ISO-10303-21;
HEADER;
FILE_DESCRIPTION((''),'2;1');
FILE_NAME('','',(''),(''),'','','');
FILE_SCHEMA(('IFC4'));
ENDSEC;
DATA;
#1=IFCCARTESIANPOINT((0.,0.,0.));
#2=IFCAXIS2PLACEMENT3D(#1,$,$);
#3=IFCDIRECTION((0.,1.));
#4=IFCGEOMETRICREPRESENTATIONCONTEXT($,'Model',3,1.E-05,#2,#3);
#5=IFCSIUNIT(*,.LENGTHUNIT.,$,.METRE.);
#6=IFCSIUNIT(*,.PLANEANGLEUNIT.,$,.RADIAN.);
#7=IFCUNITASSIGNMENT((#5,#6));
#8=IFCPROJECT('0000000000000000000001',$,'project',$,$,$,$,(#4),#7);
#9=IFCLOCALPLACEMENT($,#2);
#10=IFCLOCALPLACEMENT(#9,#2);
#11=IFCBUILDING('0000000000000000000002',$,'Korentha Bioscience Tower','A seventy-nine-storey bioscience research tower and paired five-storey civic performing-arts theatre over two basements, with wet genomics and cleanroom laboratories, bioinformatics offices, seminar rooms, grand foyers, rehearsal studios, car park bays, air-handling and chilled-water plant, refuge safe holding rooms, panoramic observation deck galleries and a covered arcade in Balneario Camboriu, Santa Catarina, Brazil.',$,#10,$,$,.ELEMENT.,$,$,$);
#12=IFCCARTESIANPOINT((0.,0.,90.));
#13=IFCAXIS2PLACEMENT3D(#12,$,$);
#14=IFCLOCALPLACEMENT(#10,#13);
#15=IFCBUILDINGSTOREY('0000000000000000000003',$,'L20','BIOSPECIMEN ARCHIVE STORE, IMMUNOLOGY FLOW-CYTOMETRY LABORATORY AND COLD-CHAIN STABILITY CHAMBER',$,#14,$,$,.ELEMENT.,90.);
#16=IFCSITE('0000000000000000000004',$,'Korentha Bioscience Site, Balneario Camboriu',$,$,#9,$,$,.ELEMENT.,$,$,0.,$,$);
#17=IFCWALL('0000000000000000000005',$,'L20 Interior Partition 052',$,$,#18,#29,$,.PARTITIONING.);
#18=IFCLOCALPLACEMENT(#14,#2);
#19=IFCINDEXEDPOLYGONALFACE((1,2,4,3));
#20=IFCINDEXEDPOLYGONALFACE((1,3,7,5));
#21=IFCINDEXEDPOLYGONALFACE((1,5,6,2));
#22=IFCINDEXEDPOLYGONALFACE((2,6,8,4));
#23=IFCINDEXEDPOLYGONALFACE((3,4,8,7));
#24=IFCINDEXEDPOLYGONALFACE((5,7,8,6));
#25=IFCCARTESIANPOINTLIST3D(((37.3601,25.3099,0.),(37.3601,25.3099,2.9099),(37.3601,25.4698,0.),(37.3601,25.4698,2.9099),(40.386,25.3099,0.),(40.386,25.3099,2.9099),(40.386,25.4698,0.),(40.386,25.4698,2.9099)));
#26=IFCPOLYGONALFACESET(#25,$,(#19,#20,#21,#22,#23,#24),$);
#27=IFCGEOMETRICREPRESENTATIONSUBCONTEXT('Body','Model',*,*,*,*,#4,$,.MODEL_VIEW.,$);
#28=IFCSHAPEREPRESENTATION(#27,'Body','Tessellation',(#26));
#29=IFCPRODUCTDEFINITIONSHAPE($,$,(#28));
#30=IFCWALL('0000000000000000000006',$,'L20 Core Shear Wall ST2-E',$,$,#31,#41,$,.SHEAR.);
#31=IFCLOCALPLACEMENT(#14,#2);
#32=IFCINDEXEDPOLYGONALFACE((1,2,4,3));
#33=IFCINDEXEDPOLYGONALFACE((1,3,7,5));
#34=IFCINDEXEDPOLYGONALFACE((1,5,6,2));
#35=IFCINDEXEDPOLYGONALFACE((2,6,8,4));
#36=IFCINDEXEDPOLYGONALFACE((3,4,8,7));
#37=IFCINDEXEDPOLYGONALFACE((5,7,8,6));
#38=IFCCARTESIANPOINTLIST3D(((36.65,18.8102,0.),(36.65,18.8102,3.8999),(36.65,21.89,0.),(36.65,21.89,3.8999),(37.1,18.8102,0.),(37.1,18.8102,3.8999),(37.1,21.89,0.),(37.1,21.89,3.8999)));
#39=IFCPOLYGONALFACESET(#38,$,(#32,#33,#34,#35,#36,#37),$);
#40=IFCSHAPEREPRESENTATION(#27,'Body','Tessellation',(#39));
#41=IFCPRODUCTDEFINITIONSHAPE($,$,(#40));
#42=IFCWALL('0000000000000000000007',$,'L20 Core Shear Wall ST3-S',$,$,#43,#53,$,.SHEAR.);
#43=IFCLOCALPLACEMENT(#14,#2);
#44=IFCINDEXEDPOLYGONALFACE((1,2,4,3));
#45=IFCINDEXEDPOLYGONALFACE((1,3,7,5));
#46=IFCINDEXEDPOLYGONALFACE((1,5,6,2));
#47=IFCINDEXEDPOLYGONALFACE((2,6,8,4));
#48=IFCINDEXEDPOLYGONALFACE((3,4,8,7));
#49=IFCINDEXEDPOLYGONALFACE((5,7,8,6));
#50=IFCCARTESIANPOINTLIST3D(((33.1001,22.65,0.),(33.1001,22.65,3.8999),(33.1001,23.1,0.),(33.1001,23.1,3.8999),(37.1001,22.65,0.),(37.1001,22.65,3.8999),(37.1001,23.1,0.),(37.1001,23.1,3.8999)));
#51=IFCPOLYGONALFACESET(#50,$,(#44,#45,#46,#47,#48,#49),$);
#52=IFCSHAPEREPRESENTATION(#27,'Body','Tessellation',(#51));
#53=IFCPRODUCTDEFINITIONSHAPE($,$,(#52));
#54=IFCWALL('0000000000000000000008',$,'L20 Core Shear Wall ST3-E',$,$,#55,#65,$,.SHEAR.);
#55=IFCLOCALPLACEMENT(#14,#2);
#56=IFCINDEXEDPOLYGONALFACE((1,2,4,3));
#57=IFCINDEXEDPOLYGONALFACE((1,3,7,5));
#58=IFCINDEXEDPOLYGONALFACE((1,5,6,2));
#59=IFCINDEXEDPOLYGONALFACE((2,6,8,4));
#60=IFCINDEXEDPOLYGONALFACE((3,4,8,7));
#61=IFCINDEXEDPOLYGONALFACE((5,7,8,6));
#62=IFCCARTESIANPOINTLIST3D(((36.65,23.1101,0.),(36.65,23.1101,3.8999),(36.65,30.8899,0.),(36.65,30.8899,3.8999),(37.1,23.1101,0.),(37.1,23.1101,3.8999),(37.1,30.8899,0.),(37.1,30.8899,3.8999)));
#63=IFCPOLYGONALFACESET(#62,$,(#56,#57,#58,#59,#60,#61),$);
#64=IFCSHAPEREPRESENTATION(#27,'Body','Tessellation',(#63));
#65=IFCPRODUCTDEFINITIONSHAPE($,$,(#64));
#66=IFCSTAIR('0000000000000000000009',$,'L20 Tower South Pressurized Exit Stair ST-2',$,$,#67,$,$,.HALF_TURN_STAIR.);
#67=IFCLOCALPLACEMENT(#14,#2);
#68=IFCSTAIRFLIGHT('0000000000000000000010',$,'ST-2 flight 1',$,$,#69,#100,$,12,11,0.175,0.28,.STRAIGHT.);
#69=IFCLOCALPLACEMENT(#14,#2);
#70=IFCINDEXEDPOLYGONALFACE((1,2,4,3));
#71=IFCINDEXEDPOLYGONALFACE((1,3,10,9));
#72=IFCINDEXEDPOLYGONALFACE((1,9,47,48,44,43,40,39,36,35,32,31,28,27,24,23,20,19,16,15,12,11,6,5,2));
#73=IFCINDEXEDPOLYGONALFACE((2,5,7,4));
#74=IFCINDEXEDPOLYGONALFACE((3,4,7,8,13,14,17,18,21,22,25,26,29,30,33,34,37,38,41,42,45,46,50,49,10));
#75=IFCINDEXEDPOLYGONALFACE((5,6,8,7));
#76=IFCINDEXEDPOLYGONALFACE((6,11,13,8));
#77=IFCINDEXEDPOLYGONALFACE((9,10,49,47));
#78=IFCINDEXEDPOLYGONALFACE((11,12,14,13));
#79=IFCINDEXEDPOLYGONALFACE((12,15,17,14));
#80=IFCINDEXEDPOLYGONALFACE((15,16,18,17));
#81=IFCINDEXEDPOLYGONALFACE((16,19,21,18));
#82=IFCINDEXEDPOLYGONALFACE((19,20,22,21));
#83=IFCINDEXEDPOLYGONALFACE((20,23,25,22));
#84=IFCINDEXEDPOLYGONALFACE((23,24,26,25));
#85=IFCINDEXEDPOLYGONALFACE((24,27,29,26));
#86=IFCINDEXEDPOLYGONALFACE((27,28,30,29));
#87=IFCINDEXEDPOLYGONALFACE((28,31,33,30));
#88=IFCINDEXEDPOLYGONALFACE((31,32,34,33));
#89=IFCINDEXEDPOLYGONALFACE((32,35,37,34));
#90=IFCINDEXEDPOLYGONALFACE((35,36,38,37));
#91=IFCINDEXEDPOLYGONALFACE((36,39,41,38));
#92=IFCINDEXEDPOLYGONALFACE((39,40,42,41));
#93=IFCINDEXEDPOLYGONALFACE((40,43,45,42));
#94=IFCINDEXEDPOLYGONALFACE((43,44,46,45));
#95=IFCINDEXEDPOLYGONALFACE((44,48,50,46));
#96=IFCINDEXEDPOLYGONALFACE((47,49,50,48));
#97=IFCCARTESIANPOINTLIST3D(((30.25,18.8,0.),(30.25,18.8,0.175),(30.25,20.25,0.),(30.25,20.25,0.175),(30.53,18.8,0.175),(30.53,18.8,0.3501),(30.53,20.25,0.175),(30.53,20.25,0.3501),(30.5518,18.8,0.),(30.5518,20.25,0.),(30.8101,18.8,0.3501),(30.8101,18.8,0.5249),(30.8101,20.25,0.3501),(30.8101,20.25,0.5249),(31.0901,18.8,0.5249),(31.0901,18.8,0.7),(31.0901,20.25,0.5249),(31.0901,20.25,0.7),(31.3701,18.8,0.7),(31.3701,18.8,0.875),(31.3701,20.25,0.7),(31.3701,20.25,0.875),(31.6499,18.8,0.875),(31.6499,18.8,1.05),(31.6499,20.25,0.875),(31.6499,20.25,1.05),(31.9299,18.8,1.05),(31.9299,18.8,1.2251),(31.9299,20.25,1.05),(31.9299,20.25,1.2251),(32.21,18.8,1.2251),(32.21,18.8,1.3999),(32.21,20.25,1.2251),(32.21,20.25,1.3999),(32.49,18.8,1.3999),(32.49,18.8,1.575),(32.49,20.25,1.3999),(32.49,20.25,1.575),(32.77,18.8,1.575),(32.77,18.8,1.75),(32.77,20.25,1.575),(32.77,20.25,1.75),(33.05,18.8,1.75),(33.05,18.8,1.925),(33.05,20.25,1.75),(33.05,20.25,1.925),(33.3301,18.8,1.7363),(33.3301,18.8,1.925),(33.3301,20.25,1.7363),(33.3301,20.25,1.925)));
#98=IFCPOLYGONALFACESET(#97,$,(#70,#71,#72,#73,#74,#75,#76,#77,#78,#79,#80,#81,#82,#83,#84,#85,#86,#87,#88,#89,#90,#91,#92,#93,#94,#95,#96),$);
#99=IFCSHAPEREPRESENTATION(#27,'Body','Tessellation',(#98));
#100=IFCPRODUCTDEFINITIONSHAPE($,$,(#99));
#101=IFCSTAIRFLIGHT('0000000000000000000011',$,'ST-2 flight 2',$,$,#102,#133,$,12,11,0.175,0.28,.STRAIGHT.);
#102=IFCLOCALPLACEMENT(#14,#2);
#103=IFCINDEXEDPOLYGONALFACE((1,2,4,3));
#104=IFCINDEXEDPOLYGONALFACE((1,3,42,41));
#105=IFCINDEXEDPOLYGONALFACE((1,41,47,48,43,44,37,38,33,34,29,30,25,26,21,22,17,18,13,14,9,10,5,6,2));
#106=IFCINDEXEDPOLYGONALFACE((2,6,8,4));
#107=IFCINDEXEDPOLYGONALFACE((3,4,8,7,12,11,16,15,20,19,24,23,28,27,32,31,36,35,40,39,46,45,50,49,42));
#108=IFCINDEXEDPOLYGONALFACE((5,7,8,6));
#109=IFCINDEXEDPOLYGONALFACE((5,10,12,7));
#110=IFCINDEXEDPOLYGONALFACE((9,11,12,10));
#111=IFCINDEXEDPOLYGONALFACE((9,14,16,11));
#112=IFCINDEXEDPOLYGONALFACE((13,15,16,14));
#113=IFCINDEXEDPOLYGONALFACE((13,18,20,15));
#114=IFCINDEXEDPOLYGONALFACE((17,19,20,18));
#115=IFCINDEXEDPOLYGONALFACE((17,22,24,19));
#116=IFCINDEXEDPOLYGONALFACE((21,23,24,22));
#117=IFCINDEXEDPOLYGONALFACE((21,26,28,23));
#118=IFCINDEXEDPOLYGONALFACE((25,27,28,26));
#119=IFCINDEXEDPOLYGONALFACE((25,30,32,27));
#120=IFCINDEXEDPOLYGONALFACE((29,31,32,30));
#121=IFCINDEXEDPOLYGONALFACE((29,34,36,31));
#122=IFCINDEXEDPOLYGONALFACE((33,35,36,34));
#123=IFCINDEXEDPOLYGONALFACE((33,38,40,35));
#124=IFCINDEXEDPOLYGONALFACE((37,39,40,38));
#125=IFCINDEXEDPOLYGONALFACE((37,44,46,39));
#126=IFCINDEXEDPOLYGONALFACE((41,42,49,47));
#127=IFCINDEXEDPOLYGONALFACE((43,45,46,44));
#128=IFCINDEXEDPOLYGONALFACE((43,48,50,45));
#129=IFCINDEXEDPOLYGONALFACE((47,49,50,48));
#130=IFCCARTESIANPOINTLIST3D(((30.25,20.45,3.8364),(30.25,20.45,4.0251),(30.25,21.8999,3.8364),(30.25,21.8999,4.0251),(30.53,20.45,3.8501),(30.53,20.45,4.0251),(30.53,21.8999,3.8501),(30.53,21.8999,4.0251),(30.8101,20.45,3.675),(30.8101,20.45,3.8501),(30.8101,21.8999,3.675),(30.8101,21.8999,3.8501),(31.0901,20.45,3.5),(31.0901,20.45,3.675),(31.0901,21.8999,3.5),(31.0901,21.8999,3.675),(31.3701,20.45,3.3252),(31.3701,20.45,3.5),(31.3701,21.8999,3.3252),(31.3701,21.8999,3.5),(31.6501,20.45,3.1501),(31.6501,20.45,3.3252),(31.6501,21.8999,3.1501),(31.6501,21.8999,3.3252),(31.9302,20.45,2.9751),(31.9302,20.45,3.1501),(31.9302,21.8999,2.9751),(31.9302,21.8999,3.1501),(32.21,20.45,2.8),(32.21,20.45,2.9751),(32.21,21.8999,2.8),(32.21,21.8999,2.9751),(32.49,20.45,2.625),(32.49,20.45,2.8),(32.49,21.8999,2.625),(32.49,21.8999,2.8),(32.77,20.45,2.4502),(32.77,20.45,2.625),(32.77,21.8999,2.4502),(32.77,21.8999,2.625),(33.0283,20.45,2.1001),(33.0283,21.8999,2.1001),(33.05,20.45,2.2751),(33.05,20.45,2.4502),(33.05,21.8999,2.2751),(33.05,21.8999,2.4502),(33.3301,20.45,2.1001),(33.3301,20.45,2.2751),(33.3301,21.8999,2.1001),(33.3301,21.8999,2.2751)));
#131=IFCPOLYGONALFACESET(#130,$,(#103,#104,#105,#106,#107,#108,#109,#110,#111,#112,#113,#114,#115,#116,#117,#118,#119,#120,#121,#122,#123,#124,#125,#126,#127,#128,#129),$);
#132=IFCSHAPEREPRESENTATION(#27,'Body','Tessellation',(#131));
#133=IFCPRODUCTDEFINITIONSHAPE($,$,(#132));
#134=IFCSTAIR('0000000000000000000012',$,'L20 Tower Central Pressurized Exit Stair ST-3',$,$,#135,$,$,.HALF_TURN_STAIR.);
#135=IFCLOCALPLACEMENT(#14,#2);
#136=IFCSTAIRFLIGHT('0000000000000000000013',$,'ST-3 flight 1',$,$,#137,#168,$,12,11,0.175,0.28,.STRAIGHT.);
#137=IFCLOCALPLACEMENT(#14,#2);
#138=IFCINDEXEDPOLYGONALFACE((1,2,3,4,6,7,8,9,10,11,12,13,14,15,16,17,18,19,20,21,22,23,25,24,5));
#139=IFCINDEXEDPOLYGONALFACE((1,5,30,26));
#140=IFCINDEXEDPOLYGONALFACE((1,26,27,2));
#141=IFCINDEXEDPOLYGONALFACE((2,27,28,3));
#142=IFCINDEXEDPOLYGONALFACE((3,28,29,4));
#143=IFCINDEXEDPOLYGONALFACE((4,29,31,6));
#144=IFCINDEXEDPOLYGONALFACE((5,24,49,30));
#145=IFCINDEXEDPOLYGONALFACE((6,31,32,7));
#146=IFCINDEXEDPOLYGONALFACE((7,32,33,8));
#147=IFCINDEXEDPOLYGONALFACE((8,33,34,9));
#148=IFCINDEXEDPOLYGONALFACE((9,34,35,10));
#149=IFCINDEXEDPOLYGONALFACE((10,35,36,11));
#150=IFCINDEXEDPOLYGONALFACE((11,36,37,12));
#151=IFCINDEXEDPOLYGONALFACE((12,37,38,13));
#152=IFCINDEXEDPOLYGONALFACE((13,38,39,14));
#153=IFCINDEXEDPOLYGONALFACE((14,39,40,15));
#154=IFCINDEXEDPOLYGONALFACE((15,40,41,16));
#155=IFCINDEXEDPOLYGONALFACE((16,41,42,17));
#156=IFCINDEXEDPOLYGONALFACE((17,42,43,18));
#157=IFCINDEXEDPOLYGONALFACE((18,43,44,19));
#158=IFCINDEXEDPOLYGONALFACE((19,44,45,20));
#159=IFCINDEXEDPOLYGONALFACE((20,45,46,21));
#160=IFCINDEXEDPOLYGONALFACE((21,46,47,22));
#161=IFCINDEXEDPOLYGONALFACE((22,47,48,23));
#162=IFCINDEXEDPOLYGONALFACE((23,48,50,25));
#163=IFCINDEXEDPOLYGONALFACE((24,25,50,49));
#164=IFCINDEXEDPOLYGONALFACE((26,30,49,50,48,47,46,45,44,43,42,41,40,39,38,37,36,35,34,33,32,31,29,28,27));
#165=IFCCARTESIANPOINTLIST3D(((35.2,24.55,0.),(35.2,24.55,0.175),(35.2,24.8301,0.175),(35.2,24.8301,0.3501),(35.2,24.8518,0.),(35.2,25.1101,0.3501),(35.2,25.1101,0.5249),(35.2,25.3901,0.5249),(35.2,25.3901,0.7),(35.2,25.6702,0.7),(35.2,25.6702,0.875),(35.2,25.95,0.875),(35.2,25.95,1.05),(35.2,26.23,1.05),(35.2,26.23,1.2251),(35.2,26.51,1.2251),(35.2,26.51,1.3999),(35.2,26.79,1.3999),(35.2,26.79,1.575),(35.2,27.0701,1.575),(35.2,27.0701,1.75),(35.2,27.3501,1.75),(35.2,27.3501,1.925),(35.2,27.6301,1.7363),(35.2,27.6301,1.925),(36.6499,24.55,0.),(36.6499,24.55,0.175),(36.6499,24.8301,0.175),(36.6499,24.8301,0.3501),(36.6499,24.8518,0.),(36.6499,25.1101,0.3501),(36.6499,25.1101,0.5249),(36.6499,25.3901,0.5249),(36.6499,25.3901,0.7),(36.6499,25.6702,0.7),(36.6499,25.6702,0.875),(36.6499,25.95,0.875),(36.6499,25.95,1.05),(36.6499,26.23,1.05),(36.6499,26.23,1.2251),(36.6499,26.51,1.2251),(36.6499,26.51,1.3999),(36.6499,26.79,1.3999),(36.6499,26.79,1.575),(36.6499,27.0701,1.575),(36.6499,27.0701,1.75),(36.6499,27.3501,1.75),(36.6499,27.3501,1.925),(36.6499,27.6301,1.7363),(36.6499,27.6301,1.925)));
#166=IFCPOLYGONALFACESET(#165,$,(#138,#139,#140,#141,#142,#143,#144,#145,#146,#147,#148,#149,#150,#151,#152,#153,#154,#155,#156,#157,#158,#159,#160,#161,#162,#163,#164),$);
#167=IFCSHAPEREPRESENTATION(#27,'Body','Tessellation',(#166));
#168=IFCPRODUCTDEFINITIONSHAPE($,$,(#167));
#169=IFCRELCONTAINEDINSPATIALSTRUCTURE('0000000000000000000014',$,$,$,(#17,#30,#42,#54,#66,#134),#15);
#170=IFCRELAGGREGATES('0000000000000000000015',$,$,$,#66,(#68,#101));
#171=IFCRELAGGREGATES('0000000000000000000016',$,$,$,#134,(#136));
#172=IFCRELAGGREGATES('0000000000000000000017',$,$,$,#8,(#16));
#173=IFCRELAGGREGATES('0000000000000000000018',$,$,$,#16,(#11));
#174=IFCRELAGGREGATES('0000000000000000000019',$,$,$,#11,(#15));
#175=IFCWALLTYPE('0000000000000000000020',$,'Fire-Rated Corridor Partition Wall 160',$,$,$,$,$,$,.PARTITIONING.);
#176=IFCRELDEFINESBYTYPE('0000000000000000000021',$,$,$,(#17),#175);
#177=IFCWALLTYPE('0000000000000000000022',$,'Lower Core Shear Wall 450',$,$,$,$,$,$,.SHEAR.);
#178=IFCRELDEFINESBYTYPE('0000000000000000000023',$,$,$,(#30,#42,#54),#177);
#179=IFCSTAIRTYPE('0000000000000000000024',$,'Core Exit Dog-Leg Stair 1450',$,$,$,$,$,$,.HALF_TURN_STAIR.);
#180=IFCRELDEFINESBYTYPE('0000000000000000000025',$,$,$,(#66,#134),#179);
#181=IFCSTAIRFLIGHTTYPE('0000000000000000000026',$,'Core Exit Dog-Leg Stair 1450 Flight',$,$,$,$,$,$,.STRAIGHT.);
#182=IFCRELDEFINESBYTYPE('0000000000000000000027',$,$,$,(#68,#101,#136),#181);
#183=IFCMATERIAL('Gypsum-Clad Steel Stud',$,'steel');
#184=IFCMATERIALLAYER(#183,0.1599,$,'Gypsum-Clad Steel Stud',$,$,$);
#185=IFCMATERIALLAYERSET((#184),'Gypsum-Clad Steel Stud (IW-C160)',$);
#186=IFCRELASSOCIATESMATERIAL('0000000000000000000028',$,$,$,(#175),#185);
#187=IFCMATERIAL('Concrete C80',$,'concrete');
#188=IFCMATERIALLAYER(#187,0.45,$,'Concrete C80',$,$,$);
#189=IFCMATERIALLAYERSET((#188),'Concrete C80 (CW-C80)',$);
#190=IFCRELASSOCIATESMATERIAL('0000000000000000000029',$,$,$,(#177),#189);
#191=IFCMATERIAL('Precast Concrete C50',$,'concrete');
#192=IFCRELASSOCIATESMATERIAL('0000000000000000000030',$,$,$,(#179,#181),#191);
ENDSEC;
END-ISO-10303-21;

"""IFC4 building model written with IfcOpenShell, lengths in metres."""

from ifc_helpers import new_model, si_unit, direction, frame, frame_2d, origin, place, context, subcontext, project, spatial, polyline, rectangle, outline, extrude, material, layer, layer_set, type_object, element, aggregate, save


model = new_model("IFC4")

# Units and contexts
model_context = context("Model", 3, precision=1e-05, world=origin(), true_north=direction((0.0, 1.0)))
body_context = subcontext(model_context, "Body", "Model", "MODEL_VIEW")
ifc_project = project(units=[si_unit("LENGTHUNIT", "METRE"), si_unit("PLANEANGLEUNIT", "RADIAN")], contexts=[model_context])

# Site, building, storey
site_placement = place(None, origin())
site = spatial("IfcSite", under=ifc_project, at=site_placement, Name="Korentha Bioscience Site, Balneario Camboriu", CompositionType="ELEMENT", RefElevation=0.0)
building_placement = place(site_placement, origin())
building = spatial("IfcBuilding", under=site, at=building_placement, Name="Korentha Bioscience Tower", Description="A seventy-nine-storey bioscience research tower and paired five-storey civic performing-arts theatre over two basements, with wet genomics and cleanroom laboratories, bioinformatics offices, seminar rooms, grand foyers, rehearsal studios, car park bays, air-handling and chilled-water plant, refuge safe holding rooms, panoramic observation deck galleries and a covered arcade in Balneario Camboriu, Santa Catarina, Brazil.", CompositionType="ELEMENT")
storey_placement = place(building_placement, frame((0.0, 0.0, 90.0)))
storey = spatial("IfcBuildingStorey", under=building, at=storey_placement, Name="L20", Description="BIOSPECIMEN ARCHIVE STORE, IMMUNOLOGY FLOW-CYTOMETRY LABORATORY AND COLD-CHAIN STABILITY CHAMBER", CompositionType="ELEMENT", Elevation=90.0)

# Walls
ifc_material_1 = material(Name="Gypsum-Clad Steel Stud", Category="steel")
ifc_layer_1 = layer(ifc_material_1, 0.1599, Name="Gypsum-Clad Steel Stud")
ifc_layer_set_1 = layer_set([ifc_layer_1], Name="Gypsum-Clad Steel Stud (IW-C160)")
wall_type_1 = type_object("IfcWallType", Name="Fire-Rated Corridor Partition Wall 160", PredefinedType="PARTITIONING", material=ifc_layer_set_1)
wall_1_placement = place(storey_placement, frame((37.3601, 25.3899, 0.0), z_axis=(0.0, 0.0, 1.0), x_axis=(1.0, 0.0, 0.0)))
element("IfcWall", 1, at=wall_1_placement, inside=storey, type_object=wall_type_1, Name="L20 Interior Partition 052", PredefinedType="PARTITIONING", context=body_context, shape_type="SweptSolid", body=[
    extrude(rectangle(XDim=3.0259, YDim=0.1599, at=frame_2d((1.5129, 0.0))), origin(), (0.0, 0.0, 1.0), 2.9099),
])
ifc_material_2 = material(Name="Concrete C80", Category="concrete")
ifc_layer_2 = layer(ifc_material_2, 0.45, Name="Concrete C80")
ifc_layer_set_2 = layer_set([ifc_layer_2], Name="Concrete C80 (CW-C80)")
wall_type_2 = type_object("IfcWallType", Name="Lower Core Shear Wall 450", PredefinedType="SHEAR", material=ifc_layer_set_2)
wall_2_placement = place(storey_placement, frame((36.875, 18.8101, 0.0), z_axis=(0.0, 0.0, 1.0), x_axis=(0.0, 1.0, 0.0)))
element("IfcWall", 2, at=wall_2_placement, inside=storey, type_object=wall_type_2, Name="L20 Core Shear Wall ST2-E", PredefinedType="SHEAR", context=body_context, shape_type="SweptSolid", body=[
    extrude(rectangle(XDim=3.0798, YDim=0.45, at=frame_2d((1.54, 0.0))), origin(), (0.0, 0.0, 1.0), 3.8999),
])
wall_3_placement = place(storey_placement, frame((33.1001, 22.875, 0.0), z_axis=(0.0, 0.0, 1.0), x_axis=(1.0, 0.0, 0.0)))
element("IfcWall", 3, at=wall_3_placement, inside=storey, type_object=wall_type_2, Name="L20 Core Shear Wall ST3-S", PredefinedType="SHEAR", context=body_context, shape_type="SweptSolid", body=[
    extrude(rectangle(XDim=4.0, YDim=0.45, at=frame_2d((2.0, 0.0))), origin(), (0.0, 0.0, 1.0), 3.8999),
])
wall_4_placement = place(storey_placement, frame((36.875, 23.1101, 0.0), z_axis=(0.0, 0.0, 1.0), x_axis=(0.0, 1.0, 0.0)))
element("IfcWall", 4, at=wall_4_placement, inside=storey, type_object=wall_type_2, Name="L20 Core Shear Wall ST3-E", PredefinedType="SHEAR", context=body_context, shape_type="SweptSolid", body=[
    extrude(rectangle(XDim=7.7798, YDim=0.45, at=frame_2d((3.8899, 0.0))), origin(), (0.0, 0.0, 1.0), 3.8999),
])

# Stair, stair flights
ifc_material_3 = material(Name="Precast Concrete C50", Category="concrete")
stair_type = type_object("IfcStairType", Name="Core Exit Dog-Leg Stair 1450", PredefinedType="HALF_TURN_STAIR", material=ifc_material_3)
stair_1_placement = place(storey_placement, origin())
stair_1 = element("IfcStair", 5, at=stair_1_placement, inside=storey, type_object=stair_type, Name="L20 Tower South Pressurized Exit Stair ST-2", PredefinedType="HALF_TURN_STAIR")
stair_flight_type = type_object("IfcStairFlightType", Name="Core Exit Dog-Leg Stair 1450 Flight", PredefinedType="STRAIGHT", material=ifc_material_3)
stair_flight_1_placement = place(storey_placement, frame((30.25, 19.5249, 0.0), z_axis=(0.0, 0.0, 1.0), x_axis=(1.0, 0.0, 0.0)))
stair_flight_1 = element("IfcStairFlight", 6, at=stair_flight_1_placement, type_object=stair_flight_type, Name="ST-2 flight 1", NumberOfRisers=12, NumberOfTreads=11, PredefinedType="STRAIGHT", RiserHeight=0.175, TreadLength=0.28, context=body_context, shape_type="SweptSolid", body=[
    extrude(outline(polyline([(0.0, 0.0), (0.0, 0.175), (0.28, 0.175), (0.28, 0.3501), (0.5601, 0.3501), (0.5601, 0.5249), (0.8401, 0.5249), (0.8401, 0.7), (1.1201, 0.7), (1.1201, 0.875), (1.3999, 0.875), (1.3999, 1.05), (1.6799, 1.05), (1.6799, 1.2251), (1.96, 1.2251), (1.96, 1.3999), (2.24, 1.3999), (2.24, 1.575), (2.52, 1.575), (2.52, 1.75), (2.8, 1.75), (2.8, 1.925), (3.0801, 1.925), (3.0801, 2.1001), (3.0801, 1.7363), (0.3018, 0.0), (0.0, 0.0)])), frame((0.0, 0.7251, 0.0), z_axis=(0.0, -1.0, 0.0), x_axis=(1.0, 0.0, 0.0)), (0.0, 0.0, 1.0), 1.45),
])
stair_flight_2_placement = place(storey_placement, frame((33.3301, 21.175, 2.1001), z_axis=(0.0, 0.0, 1.0), x_axis=(-1.0, 0.0, 0.0)))
stair_flight_2 = element("IfcStairFlight", 7, at=stair_flight_2_placement, type_object=stair_flight_type, Name="ST-2 flight 2", NumberOfRisers=12, NumberOfTreads=11, PredefinedType="STRAIGHT", RiserHeight=0.175, TreadLength=0.28, context=body_context, shape_type="SweptSolid", body=[
    extrude(outline(polyline([(0.0, 0.0), (0.0, 0.175), (0.28, 0.175), (0.28, 0.3501), (0.5601, 0.3501), (0.5601, 0.5249), (0.8401, 0.5249), (0.8401, 0.7), (1.1201, 0.7), (1.1201, 0.875), (1.3999, 0.875), (1.3999, 1.05), (1.6799, 1.05), (1.6799, 1.2251), (1.96, 1.2251), (1.96, 1.3999), (2.24, 1.3999), (2.24, 1.575), (2.52, 1.575), (2.52, 1.75), (2.8, 1.75), (2.8, 1.925), (3.0801, 1.925), (3.0801, 2.1001), (3.0801, 1.7363), (0.3018, 0.0), (0.0, 0.0)])), frame((0.0, 0.7251, 0.0), z_axis=(0.0, -1.0, 0.0), x_axis=(1.0, 0.0, 0.0)), (0.0, 0.0, 1.0), 1.45),
])
aggregate(stair_1, [stair_flight_1, stair_flight_2])

# Stair, stair flight
stair_2_placement = place(storey_placement, origin())
stair_2 = element("IfcStair", 8, at=stair_2_placement, inside=storey, type_object=stair_type, Name="L20 Tower Central Pressurized Exit Stair ST-3", PredefinedType="HALF_TURN_STAIR")
stair_flight_3_placement = place(storey_placement, frame((35.925, 24.55, 0.0), z_axis=(0.0, 0.0, 1.0), x_axis=(0.0, 1.0, 0.0)))
stair_flight_3 = element("IfcStairFlight", 9, at=stair_flight_3_placement, type_object=stair_flight_type, Name="ST-3 flight 1", NumberOfRisers=12, NumberOfTreads=11, PredefinedType="STRAIGHT", RiserHeight=0.175, TreadLength=0.28, context=body_context, shape_type="SweptSolid", body=[
    extrude(outline(polyline([(0.0, 0.0), (0.0, 0.175), (0.28, 0.175), (0.28, 0.3501), (0.5601, 0.3501), (0.5601, 0.5249), (0.8401, 0.5249), (0.8401, 0.7), (1.1201, 0.7), (1.1201, 0.875), (1.3999, 0.875), (1.3999, 1.05), (1.6799, 1.05), (1.6799, 1.2251), (1.96, 1.2251), (1.96, 1.3999), (2.24, 1.3999), (2.24, 1.575), (2.52, 1.575), (2.52, 1.75), (2.8, 1.75), (2.8, 1.925), (3.0801, 1.925), (3.0801, 2.1001), (3.0801, 1.7363), (0.3018, 0.0), (0.0, 0.0)])), frame((0.0, 0.7251, 0.0), z_axis=(0.0, -1.0, 0.0), x_axis=(1.0, 0.0, 0.0)), (0.0, 0.0, 1.0), 1.45),
])
aggregate(stair_2, [stair_flight_3])

save(model, "model.ifc")
